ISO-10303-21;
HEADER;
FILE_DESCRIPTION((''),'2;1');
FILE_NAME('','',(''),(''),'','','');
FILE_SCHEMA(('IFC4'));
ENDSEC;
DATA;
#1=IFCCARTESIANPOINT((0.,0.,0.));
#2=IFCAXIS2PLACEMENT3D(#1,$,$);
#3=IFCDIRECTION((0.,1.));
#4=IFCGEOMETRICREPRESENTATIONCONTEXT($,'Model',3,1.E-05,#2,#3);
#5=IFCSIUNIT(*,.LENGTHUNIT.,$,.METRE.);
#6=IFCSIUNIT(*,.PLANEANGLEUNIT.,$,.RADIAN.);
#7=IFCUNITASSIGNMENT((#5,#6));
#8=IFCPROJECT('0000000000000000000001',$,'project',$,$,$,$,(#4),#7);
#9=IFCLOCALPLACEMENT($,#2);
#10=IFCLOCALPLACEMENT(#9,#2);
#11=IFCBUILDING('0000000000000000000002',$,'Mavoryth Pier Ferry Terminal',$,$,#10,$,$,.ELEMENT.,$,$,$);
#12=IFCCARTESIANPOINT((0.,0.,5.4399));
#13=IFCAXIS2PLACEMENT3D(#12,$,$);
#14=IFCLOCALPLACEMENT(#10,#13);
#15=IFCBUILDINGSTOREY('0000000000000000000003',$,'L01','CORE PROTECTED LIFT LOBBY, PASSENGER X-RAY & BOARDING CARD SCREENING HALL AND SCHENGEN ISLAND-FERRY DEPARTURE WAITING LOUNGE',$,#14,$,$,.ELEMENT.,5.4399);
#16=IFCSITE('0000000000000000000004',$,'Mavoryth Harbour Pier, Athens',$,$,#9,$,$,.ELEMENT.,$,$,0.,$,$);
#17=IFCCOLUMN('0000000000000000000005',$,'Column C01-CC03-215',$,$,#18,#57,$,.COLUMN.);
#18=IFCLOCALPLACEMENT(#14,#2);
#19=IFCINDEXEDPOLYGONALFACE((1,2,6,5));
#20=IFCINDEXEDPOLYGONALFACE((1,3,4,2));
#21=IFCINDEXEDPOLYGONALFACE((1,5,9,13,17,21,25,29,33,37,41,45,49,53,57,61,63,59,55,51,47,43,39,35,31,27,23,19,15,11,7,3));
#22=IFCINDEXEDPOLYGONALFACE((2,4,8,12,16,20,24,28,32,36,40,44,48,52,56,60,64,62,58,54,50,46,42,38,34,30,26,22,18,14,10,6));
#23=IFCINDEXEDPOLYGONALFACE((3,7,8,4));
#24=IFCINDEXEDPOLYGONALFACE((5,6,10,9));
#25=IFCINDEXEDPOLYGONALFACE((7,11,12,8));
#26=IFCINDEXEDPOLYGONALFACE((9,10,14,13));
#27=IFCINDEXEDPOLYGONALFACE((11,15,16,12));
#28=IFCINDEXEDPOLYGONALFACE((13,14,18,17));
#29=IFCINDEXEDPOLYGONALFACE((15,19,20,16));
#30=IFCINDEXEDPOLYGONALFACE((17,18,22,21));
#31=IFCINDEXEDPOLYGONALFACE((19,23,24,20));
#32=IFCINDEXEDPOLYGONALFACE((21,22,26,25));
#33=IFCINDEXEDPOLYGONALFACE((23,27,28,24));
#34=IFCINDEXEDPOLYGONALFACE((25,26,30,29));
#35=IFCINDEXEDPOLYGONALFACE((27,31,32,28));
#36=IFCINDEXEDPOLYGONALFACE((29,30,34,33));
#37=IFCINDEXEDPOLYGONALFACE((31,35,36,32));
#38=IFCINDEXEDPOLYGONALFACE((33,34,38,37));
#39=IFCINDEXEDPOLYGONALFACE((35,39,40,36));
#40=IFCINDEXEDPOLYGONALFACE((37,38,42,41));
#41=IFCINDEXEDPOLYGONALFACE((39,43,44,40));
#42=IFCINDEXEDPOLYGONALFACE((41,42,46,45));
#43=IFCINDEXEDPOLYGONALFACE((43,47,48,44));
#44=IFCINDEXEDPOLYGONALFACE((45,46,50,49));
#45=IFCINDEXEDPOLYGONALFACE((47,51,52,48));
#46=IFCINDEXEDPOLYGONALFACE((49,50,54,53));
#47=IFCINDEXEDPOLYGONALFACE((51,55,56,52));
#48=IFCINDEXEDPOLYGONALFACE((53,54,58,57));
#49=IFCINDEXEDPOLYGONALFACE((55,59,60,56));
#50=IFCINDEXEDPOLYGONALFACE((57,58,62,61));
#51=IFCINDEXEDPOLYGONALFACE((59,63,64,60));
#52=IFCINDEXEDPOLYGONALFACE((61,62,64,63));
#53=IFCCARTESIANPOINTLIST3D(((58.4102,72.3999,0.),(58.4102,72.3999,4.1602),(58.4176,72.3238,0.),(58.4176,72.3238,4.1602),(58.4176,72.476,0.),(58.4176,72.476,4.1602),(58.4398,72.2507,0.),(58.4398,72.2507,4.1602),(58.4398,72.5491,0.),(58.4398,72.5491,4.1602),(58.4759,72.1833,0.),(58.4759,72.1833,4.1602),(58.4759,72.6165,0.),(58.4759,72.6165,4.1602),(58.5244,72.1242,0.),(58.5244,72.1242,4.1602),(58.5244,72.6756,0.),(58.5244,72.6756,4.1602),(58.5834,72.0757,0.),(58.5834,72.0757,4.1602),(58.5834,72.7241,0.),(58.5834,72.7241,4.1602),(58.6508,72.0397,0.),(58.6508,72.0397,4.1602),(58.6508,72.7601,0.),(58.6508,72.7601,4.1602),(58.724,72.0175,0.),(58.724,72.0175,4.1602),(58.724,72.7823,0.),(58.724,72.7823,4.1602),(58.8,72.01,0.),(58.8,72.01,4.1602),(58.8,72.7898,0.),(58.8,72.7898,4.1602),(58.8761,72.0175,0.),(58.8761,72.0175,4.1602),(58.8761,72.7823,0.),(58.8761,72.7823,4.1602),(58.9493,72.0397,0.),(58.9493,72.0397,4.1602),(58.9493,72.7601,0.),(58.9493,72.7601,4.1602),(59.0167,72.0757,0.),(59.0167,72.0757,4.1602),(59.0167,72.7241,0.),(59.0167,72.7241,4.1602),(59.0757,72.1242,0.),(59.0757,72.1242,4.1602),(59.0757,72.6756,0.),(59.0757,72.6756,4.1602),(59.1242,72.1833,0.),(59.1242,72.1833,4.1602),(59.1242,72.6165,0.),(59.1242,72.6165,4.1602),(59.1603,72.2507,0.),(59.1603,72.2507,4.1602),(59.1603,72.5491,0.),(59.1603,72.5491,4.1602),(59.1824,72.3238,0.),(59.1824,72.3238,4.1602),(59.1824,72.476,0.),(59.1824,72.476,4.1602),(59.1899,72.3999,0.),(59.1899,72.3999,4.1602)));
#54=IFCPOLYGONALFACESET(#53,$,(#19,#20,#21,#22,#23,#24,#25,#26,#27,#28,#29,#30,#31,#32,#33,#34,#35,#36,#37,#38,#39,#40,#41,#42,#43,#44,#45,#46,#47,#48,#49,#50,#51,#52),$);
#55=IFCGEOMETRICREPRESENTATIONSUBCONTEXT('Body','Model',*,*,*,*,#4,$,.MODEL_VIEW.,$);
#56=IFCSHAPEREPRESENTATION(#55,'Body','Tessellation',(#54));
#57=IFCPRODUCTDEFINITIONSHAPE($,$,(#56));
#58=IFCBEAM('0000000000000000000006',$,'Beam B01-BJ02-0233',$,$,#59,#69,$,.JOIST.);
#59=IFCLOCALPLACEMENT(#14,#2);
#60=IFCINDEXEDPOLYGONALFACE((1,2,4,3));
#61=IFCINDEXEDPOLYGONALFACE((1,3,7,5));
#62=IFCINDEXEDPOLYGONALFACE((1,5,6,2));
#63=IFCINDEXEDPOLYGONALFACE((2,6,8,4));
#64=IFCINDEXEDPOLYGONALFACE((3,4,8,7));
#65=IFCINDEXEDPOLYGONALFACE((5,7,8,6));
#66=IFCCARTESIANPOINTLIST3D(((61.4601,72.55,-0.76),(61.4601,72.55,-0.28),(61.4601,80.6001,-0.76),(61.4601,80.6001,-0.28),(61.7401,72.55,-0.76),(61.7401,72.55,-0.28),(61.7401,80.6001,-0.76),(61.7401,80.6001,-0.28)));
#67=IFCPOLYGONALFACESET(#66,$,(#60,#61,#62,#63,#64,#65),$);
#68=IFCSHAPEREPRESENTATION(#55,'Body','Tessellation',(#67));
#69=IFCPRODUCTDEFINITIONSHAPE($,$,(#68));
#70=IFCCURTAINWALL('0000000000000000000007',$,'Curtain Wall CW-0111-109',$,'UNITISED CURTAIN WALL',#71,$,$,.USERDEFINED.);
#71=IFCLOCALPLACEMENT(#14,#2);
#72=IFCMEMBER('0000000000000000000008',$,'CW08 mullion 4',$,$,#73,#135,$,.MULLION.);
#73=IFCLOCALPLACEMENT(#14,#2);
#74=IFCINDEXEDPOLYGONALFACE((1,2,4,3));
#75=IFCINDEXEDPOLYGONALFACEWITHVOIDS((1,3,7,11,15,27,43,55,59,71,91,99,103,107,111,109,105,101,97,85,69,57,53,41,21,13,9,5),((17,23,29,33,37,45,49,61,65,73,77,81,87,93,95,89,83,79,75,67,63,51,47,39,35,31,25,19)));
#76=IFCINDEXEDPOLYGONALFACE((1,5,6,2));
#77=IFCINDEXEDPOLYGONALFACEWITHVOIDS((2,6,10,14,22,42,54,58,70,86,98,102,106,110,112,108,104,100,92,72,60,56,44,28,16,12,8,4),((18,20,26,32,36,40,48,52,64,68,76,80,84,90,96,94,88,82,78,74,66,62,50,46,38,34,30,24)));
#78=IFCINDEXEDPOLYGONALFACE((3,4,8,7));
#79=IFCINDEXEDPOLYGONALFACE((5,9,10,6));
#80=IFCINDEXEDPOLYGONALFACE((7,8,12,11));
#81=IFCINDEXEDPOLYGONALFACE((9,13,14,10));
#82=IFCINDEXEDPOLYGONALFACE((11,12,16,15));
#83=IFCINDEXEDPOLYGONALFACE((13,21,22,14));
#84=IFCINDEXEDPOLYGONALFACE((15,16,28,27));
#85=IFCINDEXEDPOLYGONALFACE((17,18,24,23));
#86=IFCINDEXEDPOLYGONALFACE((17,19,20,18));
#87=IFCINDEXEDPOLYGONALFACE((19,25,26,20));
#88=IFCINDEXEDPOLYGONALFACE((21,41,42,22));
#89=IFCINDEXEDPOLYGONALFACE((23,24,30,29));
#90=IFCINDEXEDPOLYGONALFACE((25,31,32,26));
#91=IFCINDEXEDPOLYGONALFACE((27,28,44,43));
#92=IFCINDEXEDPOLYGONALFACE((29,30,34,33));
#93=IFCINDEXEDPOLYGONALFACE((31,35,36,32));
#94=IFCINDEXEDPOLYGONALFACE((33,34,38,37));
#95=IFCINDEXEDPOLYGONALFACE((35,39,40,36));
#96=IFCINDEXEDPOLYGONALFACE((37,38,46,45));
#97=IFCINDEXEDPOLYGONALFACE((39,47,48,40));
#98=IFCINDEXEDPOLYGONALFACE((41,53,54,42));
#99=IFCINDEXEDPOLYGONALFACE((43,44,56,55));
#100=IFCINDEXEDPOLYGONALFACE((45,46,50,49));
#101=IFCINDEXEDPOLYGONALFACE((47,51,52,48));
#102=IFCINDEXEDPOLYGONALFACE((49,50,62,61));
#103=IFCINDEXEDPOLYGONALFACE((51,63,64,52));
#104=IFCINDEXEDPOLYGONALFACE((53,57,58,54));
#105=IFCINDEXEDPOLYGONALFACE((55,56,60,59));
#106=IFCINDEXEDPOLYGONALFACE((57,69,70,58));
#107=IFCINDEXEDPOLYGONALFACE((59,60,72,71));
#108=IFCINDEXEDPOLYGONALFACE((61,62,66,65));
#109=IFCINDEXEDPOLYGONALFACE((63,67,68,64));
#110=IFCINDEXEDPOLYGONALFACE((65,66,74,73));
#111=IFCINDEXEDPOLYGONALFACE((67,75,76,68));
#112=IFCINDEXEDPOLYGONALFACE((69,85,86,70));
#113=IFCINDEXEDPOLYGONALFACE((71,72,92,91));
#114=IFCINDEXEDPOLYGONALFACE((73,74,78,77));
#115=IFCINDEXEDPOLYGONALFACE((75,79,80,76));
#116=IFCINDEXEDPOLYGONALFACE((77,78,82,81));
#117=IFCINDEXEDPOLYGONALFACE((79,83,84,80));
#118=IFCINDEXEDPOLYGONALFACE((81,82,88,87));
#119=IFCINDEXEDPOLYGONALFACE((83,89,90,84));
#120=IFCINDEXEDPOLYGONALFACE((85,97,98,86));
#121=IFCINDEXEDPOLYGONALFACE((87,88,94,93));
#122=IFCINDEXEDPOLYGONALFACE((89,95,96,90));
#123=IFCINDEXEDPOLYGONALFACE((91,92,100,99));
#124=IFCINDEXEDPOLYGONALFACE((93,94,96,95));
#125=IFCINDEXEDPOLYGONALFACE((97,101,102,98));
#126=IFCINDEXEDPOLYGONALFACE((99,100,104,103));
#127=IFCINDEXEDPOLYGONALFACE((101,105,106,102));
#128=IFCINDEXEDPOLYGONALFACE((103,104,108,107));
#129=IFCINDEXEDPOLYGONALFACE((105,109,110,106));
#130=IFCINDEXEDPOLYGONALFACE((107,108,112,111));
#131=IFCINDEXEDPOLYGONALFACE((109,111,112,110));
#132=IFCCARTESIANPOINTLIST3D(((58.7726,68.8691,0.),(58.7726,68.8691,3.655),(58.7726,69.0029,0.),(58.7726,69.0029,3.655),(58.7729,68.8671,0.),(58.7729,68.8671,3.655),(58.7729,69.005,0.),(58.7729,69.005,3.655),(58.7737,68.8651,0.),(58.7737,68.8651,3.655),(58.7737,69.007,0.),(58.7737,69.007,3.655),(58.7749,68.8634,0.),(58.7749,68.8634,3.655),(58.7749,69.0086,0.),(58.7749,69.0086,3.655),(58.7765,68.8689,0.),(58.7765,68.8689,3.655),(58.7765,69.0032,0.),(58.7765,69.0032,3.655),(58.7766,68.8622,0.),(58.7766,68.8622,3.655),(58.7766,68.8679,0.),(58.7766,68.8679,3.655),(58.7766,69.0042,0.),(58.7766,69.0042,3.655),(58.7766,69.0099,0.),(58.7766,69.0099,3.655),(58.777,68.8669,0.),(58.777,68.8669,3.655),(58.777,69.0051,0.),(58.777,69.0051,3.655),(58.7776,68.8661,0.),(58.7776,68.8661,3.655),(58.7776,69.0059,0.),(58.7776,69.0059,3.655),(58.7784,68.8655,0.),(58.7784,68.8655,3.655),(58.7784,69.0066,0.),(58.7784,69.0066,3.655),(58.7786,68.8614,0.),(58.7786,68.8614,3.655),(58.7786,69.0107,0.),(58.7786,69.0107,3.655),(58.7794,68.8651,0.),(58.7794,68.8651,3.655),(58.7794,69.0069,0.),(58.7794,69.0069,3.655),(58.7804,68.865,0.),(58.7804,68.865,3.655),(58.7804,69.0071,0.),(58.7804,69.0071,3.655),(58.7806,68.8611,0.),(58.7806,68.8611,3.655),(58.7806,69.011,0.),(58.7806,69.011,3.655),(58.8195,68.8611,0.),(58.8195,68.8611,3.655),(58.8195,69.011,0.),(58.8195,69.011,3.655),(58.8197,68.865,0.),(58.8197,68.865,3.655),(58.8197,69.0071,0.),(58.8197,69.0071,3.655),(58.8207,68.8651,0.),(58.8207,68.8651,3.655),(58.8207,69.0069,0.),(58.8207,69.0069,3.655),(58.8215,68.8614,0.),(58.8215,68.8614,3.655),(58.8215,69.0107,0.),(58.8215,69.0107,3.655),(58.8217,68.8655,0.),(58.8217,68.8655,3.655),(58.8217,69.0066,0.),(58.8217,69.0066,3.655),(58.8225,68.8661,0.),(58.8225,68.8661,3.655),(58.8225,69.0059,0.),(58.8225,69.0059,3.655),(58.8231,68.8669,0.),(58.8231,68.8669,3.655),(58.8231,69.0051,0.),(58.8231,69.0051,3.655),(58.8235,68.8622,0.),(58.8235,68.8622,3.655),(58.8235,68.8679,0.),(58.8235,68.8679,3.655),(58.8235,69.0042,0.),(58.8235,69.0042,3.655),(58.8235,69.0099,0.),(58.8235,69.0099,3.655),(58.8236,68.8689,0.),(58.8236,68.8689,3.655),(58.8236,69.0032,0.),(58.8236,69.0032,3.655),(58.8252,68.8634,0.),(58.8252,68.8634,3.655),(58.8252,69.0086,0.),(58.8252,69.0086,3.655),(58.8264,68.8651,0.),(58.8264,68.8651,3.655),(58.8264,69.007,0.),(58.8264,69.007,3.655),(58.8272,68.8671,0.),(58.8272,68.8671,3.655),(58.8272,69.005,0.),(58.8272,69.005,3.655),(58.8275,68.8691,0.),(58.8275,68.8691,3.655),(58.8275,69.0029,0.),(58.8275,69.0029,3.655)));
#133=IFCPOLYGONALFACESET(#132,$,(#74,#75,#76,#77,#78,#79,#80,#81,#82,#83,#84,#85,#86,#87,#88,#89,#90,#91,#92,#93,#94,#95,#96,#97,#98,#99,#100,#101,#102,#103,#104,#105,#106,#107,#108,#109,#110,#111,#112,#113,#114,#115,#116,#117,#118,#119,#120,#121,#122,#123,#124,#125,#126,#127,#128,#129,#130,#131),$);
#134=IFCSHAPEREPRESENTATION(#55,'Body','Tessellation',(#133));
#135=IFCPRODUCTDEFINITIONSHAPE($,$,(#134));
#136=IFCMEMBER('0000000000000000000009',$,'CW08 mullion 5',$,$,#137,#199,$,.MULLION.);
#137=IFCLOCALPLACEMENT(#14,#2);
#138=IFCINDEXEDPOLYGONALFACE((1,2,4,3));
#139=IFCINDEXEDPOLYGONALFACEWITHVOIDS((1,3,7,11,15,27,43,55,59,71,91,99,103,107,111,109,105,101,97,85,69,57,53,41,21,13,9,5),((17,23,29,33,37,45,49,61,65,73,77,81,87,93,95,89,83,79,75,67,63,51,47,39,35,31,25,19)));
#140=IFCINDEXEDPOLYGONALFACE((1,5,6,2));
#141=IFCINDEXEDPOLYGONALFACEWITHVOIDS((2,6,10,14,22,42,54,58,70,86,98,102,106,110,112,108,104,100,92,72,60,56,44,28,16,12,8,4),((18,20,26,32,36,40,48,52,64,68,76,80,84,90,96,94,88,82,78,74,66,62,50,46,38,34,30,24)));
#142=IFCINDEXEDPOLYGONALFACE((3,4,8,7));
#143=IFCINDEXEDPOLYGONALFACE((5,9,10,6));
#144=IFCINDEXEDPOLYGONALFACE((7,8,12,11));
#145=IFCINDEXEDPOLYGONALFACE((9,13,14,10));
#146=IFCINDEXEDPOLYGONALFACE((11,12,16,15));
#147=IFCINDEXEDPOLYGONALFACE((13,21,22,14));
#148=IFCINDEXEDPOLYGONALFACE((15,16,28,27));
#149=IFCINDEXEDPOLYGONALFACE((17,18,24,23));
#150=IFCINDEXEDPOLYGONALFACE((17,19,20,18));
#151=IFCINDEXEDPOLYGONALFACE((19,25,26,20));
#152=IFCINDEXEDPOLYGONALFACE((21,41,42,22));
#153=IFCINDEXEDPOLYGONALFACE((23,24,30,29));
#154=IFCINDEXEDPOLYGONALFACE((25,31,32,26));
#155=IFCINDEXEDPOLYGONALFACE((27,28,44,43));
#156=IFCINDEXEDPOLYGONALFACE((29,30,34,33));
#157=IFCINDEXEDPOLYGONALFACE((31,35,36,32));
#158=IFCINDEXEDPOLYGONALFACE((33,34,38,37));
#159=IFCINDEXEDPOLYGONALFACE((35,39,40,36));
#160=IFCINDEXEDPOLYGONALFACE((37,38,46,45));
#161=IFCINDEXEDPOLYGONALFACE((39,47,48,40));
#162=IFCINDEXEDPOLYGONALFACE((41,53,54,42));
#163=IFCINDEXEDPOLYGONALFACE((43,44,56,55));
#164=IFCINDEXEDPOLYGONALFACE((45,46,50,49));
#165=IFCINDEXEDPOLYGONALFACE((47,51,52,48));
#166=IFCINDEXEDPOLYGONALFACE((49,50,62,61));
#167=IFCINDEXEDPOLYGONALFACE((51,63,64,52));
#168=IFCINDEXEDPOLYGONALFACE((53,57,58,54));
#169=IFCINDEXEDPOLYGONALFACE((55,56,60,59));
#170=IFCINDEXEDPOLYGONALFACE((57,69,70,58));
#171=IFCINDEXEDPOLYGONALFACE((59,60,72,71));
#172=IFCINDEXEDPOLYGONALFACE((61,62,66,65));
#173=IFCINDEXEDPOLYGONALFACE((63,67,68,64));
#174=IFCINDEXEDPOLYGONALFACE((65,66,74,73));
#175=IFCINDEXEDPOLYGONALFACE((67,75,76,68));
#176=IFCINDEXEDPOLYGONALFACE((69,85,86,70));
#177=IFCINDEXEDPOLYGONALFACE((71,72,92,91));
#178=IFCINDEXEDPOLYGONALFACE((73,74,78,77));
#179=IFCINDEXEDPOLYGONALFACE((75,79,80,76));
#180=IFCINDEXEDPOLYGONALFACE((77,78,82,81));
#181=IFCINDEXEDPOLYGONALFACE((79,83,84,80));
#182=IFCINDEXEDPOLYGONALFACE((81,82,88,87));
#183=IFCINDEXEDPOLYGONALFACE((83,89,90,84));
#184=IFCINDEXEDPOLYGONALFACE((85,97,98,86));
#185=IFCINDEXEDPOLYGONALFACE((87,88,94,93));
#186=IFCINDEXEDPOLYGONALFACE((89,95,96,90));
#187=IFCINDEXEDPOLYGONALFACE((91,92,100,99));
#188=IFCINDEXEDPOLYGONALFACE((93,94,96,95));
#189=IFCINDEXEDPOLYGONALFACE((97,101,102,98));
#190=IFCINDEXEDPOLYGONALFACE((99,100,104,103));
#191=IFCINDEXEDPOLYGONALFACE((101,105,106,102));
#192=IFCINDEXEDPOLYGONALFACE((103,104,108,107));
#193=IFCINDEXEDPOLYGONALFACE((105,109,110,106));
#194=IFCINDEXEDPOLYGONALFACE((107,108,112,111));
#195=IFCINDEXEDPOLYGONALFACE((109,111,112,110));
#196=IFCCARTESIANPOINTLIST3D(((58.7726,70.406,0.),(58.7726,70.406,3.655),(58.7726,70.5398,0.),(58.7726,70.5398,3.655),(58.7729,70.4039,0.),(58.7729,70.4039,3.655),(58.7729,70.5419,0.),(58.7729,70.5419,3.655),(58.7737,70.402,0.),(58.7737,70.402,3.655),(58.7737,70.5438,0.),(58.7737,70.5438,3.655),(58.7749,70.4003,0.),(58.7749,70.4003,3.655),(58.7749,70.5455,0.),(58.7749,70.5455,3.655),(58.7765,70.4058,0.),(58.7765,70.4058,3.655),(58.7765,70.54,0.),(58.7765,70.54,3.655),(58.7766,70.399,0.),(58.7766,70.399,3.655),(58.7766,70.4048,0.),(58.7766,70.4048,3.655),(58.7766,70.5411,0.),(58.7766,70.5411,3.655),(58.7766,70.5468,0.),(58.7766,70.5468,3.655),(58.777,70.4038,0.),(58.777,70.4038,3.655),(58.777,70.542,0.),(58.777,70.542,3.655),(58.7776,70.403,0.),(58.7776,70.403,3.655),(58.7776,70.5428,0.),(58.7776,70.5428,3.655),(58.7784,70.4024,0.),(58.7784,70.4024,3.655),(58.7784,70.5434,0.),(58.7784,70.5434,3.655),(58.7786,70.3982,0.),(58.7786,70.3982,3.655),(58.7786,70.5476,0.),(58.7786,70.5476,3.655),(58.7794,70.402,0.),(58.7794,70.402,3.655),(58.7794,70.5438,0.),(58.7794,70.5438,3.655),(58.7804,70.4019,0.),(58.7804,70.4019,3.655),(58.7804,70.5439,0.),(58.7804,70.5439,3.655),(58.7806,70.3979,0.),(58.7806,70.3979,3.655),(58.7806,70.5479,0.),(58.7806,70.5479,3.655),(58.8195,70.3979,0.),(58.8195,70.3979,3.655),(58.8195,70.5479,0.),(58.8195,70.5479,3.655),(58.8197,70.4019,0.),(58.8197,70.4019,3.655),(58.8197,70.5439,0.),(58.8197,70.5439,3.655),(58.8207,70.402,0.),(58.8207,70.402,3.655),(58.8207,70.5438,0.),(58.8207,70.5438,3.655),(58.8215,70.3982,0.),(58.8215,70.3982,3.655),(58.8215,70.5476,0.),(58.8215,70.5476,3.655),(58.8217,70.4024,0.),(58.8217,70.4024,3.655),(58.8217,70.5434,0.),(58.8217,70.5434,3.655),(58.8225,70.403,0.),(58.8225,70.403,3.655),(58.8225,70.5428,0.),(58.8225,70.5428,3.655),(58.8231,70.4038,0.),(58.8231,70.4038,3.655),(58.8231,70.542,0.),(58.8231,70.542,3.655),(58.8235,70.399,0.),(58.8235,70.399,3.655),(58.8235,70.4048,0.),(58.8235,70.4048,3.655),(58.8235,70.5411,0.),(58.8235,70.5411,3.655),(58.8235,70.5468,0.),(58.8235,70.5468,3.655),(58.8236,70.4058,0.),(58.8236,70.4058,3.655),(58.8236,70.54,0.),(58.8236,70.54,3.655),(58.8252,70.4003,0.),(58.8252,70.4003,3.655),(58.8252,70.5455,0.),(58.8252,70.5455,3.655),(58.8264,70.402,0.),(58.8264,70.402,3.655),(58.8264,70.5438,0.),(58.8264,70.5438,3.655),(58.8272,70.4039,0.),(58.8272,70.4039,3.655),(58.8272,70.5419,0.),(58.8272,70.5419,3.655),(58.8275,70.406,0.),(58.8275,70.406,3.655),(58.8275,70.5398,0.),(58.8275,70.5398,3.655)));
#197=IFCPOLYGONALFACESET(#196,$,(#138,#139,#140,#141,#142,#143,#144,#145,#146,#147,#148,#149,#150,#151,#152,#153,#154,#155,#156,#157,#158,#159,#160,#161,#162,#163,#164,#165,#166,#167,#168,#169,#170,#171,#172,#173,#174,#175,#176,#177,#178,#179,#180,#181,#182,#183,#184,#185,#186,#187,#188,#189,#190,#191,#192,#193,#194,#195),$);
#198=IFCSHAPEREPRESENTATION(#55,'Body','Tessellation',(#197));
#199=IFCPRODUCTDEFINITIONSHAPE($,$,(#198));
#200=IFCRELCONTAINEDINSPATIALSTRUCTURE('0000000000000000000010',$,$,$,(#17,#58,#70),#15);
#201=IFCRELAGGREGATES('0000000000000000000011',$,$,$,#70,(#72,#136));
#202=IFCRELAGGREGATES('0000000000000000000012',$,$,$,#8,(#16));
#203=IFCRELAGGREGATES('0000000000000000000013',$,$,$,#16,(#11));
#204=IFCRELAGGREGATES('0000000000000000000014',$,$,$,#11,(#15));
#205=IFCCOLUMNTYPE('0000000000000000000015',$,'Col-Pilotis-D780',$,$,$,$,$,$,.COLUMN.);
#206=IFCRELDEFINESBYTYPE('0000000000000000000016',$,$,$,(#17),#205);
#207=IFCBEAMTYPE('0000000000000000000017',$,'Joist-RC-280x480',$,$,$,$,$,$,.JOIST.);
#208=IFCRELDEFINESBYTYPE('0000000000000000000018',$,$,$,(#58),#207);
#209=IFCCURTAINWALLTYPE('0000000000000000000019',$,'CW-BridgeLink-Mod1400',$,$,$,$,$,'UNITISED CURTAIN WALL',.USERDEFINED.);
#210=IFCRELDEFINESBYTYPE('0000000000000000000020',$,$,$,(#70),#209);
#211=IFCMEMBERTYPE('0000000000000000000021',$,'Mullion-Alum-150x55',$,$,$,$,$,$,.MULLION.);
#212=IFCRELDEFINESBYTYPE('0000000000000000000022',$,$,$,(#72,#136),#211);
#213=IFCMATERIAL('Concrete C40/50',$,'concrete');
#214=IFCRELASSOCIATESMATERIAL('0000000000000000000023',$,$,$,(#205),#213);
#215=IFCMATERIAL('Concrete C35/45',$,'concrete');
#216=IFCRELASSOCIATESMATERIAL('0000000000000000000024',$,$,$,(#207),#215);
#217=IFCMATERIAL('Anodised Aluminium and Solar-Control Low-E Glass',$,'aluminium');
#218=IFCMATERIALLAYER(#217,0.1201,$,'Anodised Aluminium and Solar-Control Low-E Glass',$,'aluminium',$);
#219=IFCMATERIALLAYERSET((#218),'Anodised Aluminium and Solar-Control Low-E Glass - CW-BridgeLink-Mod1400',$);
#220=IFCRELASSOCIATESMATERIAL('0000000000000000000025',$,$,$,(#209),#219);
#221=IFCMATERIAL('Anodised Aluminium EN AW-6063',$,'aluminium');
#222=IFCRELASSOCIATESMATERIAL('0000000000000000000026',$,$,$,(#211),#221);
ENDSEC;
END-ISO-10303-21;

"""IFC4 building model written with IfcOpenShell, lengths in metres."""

from ifc_helpers import new_model, si_unit, direction, frame, origin, origin_2d, place, context, subcontext, project, spatial, rectangle, hollow_rectangle, circle, extrude, material, layer, layer_set, material_profile, profile_set, type_object, element, aggregate, save


model = new_model("IFC4")

# Units and contexts
model_context = context("Model", 3, precision=1e-05, world=origin(), true_north=direction((0.0, 1.0)))
body_context = subcontext(model_context, "Body", "Model", "MODEL_VIEW")
ifc_project = project(units=[si_unit("LENGTHUNIT", "METRE"), si_unit("PLANEANGLEUNIT", "RADIAN")], contexts=[model_context])

# Site, building, storey
site_placement = place(None, origin())
site = spatial("IfcSite", under=ifc_project, at=site_placement, Name="Mavoryth Harbour Pier, Athens", CompositionType="ELEMENT", RefElevation=0.0)
building_placement = place(site_placement, origin())
building = spatial("IfcBuilding", under=site, at=building_placement, Name="Mavoryth Pier Ferry Terminal", CompositionType="ELEMENT")
storey_placement = place(building_placement, frame((0.0, 0.0, 5.4399)))
storey = spatial("IfcBuildingStorey", under=building, at=storey_placement, Name="L01", Description="CORE PROTECTED LIFT LOBBY, PASSENGER X-RAY & BOARDING CARD SCREENING HALL AND SCHENGEN ISLAND-FERRY DEPARTURE WAITING LOUNGE", CompositionType="ELEMENT", Elevation=5.4399)

# Column
ifc_material_1 = material(Name="Concrete C40/50", Category="concrete")
ifc_material_profile_1 = material_profile(ifc_material_1, circle(Radius=0.3899, at=origin_2d()), Name="RC D780", Category="concrete")
ifc_profile_set_1 = profile_set([ifc_material_profile_1], Name="Concrete C40/50 - RC D780")
column_type = type_object("IfcColumnType", Name="Col-Pilotis-D780", PredefinedType="COLUMN", material=ifc_profile_set_1)
column_placement = place(storey_placement, frame((58.8, 72.3999, 0.0), z_axis=(0.0, 0.0, 1.0), x_axis=(1.0, 0.0, 0.0)))
element("IfcColumn", 1, at=column_placement, inside=storey, type_object=column_type, Name="Column C01-CC03-215", PredefinedType="COLUMN", context=body_context, shape_type="SweptSolid", body=[
    extrude(circle(Radius=0.3899, at=origin_2d()), origin(), (0.0, 0.0, 1.0), 4.1602),
])

# Beam
ifc_material_2 = material(Name="Concrete C35/45", Category="concrete")
ifc_material_profile_2 = material_profile(ifc_material_2, rectangle(XDim=0.28, YDim=0.48, at=origin_2d()), Name="RC 280x480", Category="concrete")
ifc_profile_set_2 = profile_set([ifc_material_profile_2], Name="Concrete C35/45 - RC 280x480")
beam_type_1 = type_object("IfcBeamType", Name="Joist-RC-280x480", PredefinedType="JOIST", material=ifc_profile_set_2)
beam_1_placement = place(storey_placement, frame((61.6001, 72.55, -0.52), z_axis=(0.0, 1.0, 0.0), x_axis=(-1.0, 0.0, 0.0)))
element("IfcBeam", 2, at=beam_1_placement, inside=storey, type_object=beam_type_1, Name="Beam B01-BJ02-0233", PredefinedType="JOIST", context=body_context, shape_type="SweptSolid", body=[
    extrude(rectangle(XDim=0.28, YDim=0.48, at=origin_2d()), origin(), (0.0, 0.0, 1.0), 8.05),
])

# Curtain wall, members
ifc_material_3 = material(Name="Anodised Aluminium and Solar-Control Low-E Glass", Category="aluminium")
ifc_layer_1 = layer(ifc_material_3, 0.1201, Name="Anodised Aluminium and Solar-Control Low-E Glass", Category="aluminium")
ifc_layer_set_1 = layer_set([ifc_layer_1], Name="Anodised Aluminium and Solar-Control Low-E Glass - CW-BridgeLink-Mod1400")
curtain_wall_type_1 = type_object("IfcCurtainWallType", Name="CW-BridgeLink-Mod1400", ElementType="UNITISED CURTAIN WALL", PredefinedType="USERDEFINED", material=ifc_layer_set_1)
curtain_wall_1_placement = place(storey_placement, origin())
curtain_wall_1 = element("IfcCurtainWall", 3, at=curtain_wall_1_placement, inside=storey, type_object=curtain_wall_type_1, Name="Curtain Wall CW-0111-109", ObjectType="UNITISED CURTAIN WALL", PredefinedType="USERDEFINED")
ifc_material_4 = material(Name="Anodised Aluminium EN AW-6063", Category="aluminium")
ifc_material_profile_3 = material_profile(ifc_material_4, hollow_rectangle(XDim=0.0549, YDim=0.1499, WallThickness=0.0039, InnerFilletRadius=0.0039, OuterFilletRadius=0.0081, at=origin_2d()), Name="AL-MULL 150x55x4", Category="aluminium")
ifc_profile_set_3 = profile_set([ifc_material_profile_3], Name="Anodised Aluminium EN AW-6063 - AL-MULL 150x55x4")
member_type_1 = type_object("IfcMemberType", Name="Mullion-Alum-150x55", PredefinedType="MULLION", material=ifc_profile_set_3)
member_1_placement = place(storey_placement, frame((58.8, 68.936, 0.0), z_axis=(0.0, 0.0, 1.0), x_axis=(-1.0, 0.0, 0.0)))
member_1 = element("IfcMember", 4, at=member_1_placement, type_object=member_type_1, Name="CW08 mullion 4", PredefinedType="MULLION", context=body_context, shape_type="SweptSolid", body=[
    extrude(hollow_rectangle(XDim=0.0549, YDim=0.1499, WallThickness=0.0039, InnerFilletRadius=0.0039, OuterFilletRadius=0.0081, at=origin_2d()), origin(), (0.0, 0.0, 1.0), 3.655),
])
member_2_placement = place(storey_placement, frame((58.8, 70.4729, 0.0), z_axis=(0.0, 0.0, 1.0), x_axis=(-1.0, 0.0, 0.0)))
member_2 = element("IfcMember", 5, at=member_2_placement, type_object=member_type_1, Name="CW08 mullion 5", PredefinedType="MULLION", context=body_context, shape_type="SweptSolid", body=[
    extrude(hollow_rectangle(XDim=0.0549, YDim=0.1499, WallThickness=0.0039, InnerFilletRadius=0.0039, OuterFilletRadius=0.0081, at=origin_2d()), origin(), (0.0, 0.0, 1.0), 3.655),
])

aggregate(curtain_wall_1, [member_1, member_2])

save(model, "model.ifc")
